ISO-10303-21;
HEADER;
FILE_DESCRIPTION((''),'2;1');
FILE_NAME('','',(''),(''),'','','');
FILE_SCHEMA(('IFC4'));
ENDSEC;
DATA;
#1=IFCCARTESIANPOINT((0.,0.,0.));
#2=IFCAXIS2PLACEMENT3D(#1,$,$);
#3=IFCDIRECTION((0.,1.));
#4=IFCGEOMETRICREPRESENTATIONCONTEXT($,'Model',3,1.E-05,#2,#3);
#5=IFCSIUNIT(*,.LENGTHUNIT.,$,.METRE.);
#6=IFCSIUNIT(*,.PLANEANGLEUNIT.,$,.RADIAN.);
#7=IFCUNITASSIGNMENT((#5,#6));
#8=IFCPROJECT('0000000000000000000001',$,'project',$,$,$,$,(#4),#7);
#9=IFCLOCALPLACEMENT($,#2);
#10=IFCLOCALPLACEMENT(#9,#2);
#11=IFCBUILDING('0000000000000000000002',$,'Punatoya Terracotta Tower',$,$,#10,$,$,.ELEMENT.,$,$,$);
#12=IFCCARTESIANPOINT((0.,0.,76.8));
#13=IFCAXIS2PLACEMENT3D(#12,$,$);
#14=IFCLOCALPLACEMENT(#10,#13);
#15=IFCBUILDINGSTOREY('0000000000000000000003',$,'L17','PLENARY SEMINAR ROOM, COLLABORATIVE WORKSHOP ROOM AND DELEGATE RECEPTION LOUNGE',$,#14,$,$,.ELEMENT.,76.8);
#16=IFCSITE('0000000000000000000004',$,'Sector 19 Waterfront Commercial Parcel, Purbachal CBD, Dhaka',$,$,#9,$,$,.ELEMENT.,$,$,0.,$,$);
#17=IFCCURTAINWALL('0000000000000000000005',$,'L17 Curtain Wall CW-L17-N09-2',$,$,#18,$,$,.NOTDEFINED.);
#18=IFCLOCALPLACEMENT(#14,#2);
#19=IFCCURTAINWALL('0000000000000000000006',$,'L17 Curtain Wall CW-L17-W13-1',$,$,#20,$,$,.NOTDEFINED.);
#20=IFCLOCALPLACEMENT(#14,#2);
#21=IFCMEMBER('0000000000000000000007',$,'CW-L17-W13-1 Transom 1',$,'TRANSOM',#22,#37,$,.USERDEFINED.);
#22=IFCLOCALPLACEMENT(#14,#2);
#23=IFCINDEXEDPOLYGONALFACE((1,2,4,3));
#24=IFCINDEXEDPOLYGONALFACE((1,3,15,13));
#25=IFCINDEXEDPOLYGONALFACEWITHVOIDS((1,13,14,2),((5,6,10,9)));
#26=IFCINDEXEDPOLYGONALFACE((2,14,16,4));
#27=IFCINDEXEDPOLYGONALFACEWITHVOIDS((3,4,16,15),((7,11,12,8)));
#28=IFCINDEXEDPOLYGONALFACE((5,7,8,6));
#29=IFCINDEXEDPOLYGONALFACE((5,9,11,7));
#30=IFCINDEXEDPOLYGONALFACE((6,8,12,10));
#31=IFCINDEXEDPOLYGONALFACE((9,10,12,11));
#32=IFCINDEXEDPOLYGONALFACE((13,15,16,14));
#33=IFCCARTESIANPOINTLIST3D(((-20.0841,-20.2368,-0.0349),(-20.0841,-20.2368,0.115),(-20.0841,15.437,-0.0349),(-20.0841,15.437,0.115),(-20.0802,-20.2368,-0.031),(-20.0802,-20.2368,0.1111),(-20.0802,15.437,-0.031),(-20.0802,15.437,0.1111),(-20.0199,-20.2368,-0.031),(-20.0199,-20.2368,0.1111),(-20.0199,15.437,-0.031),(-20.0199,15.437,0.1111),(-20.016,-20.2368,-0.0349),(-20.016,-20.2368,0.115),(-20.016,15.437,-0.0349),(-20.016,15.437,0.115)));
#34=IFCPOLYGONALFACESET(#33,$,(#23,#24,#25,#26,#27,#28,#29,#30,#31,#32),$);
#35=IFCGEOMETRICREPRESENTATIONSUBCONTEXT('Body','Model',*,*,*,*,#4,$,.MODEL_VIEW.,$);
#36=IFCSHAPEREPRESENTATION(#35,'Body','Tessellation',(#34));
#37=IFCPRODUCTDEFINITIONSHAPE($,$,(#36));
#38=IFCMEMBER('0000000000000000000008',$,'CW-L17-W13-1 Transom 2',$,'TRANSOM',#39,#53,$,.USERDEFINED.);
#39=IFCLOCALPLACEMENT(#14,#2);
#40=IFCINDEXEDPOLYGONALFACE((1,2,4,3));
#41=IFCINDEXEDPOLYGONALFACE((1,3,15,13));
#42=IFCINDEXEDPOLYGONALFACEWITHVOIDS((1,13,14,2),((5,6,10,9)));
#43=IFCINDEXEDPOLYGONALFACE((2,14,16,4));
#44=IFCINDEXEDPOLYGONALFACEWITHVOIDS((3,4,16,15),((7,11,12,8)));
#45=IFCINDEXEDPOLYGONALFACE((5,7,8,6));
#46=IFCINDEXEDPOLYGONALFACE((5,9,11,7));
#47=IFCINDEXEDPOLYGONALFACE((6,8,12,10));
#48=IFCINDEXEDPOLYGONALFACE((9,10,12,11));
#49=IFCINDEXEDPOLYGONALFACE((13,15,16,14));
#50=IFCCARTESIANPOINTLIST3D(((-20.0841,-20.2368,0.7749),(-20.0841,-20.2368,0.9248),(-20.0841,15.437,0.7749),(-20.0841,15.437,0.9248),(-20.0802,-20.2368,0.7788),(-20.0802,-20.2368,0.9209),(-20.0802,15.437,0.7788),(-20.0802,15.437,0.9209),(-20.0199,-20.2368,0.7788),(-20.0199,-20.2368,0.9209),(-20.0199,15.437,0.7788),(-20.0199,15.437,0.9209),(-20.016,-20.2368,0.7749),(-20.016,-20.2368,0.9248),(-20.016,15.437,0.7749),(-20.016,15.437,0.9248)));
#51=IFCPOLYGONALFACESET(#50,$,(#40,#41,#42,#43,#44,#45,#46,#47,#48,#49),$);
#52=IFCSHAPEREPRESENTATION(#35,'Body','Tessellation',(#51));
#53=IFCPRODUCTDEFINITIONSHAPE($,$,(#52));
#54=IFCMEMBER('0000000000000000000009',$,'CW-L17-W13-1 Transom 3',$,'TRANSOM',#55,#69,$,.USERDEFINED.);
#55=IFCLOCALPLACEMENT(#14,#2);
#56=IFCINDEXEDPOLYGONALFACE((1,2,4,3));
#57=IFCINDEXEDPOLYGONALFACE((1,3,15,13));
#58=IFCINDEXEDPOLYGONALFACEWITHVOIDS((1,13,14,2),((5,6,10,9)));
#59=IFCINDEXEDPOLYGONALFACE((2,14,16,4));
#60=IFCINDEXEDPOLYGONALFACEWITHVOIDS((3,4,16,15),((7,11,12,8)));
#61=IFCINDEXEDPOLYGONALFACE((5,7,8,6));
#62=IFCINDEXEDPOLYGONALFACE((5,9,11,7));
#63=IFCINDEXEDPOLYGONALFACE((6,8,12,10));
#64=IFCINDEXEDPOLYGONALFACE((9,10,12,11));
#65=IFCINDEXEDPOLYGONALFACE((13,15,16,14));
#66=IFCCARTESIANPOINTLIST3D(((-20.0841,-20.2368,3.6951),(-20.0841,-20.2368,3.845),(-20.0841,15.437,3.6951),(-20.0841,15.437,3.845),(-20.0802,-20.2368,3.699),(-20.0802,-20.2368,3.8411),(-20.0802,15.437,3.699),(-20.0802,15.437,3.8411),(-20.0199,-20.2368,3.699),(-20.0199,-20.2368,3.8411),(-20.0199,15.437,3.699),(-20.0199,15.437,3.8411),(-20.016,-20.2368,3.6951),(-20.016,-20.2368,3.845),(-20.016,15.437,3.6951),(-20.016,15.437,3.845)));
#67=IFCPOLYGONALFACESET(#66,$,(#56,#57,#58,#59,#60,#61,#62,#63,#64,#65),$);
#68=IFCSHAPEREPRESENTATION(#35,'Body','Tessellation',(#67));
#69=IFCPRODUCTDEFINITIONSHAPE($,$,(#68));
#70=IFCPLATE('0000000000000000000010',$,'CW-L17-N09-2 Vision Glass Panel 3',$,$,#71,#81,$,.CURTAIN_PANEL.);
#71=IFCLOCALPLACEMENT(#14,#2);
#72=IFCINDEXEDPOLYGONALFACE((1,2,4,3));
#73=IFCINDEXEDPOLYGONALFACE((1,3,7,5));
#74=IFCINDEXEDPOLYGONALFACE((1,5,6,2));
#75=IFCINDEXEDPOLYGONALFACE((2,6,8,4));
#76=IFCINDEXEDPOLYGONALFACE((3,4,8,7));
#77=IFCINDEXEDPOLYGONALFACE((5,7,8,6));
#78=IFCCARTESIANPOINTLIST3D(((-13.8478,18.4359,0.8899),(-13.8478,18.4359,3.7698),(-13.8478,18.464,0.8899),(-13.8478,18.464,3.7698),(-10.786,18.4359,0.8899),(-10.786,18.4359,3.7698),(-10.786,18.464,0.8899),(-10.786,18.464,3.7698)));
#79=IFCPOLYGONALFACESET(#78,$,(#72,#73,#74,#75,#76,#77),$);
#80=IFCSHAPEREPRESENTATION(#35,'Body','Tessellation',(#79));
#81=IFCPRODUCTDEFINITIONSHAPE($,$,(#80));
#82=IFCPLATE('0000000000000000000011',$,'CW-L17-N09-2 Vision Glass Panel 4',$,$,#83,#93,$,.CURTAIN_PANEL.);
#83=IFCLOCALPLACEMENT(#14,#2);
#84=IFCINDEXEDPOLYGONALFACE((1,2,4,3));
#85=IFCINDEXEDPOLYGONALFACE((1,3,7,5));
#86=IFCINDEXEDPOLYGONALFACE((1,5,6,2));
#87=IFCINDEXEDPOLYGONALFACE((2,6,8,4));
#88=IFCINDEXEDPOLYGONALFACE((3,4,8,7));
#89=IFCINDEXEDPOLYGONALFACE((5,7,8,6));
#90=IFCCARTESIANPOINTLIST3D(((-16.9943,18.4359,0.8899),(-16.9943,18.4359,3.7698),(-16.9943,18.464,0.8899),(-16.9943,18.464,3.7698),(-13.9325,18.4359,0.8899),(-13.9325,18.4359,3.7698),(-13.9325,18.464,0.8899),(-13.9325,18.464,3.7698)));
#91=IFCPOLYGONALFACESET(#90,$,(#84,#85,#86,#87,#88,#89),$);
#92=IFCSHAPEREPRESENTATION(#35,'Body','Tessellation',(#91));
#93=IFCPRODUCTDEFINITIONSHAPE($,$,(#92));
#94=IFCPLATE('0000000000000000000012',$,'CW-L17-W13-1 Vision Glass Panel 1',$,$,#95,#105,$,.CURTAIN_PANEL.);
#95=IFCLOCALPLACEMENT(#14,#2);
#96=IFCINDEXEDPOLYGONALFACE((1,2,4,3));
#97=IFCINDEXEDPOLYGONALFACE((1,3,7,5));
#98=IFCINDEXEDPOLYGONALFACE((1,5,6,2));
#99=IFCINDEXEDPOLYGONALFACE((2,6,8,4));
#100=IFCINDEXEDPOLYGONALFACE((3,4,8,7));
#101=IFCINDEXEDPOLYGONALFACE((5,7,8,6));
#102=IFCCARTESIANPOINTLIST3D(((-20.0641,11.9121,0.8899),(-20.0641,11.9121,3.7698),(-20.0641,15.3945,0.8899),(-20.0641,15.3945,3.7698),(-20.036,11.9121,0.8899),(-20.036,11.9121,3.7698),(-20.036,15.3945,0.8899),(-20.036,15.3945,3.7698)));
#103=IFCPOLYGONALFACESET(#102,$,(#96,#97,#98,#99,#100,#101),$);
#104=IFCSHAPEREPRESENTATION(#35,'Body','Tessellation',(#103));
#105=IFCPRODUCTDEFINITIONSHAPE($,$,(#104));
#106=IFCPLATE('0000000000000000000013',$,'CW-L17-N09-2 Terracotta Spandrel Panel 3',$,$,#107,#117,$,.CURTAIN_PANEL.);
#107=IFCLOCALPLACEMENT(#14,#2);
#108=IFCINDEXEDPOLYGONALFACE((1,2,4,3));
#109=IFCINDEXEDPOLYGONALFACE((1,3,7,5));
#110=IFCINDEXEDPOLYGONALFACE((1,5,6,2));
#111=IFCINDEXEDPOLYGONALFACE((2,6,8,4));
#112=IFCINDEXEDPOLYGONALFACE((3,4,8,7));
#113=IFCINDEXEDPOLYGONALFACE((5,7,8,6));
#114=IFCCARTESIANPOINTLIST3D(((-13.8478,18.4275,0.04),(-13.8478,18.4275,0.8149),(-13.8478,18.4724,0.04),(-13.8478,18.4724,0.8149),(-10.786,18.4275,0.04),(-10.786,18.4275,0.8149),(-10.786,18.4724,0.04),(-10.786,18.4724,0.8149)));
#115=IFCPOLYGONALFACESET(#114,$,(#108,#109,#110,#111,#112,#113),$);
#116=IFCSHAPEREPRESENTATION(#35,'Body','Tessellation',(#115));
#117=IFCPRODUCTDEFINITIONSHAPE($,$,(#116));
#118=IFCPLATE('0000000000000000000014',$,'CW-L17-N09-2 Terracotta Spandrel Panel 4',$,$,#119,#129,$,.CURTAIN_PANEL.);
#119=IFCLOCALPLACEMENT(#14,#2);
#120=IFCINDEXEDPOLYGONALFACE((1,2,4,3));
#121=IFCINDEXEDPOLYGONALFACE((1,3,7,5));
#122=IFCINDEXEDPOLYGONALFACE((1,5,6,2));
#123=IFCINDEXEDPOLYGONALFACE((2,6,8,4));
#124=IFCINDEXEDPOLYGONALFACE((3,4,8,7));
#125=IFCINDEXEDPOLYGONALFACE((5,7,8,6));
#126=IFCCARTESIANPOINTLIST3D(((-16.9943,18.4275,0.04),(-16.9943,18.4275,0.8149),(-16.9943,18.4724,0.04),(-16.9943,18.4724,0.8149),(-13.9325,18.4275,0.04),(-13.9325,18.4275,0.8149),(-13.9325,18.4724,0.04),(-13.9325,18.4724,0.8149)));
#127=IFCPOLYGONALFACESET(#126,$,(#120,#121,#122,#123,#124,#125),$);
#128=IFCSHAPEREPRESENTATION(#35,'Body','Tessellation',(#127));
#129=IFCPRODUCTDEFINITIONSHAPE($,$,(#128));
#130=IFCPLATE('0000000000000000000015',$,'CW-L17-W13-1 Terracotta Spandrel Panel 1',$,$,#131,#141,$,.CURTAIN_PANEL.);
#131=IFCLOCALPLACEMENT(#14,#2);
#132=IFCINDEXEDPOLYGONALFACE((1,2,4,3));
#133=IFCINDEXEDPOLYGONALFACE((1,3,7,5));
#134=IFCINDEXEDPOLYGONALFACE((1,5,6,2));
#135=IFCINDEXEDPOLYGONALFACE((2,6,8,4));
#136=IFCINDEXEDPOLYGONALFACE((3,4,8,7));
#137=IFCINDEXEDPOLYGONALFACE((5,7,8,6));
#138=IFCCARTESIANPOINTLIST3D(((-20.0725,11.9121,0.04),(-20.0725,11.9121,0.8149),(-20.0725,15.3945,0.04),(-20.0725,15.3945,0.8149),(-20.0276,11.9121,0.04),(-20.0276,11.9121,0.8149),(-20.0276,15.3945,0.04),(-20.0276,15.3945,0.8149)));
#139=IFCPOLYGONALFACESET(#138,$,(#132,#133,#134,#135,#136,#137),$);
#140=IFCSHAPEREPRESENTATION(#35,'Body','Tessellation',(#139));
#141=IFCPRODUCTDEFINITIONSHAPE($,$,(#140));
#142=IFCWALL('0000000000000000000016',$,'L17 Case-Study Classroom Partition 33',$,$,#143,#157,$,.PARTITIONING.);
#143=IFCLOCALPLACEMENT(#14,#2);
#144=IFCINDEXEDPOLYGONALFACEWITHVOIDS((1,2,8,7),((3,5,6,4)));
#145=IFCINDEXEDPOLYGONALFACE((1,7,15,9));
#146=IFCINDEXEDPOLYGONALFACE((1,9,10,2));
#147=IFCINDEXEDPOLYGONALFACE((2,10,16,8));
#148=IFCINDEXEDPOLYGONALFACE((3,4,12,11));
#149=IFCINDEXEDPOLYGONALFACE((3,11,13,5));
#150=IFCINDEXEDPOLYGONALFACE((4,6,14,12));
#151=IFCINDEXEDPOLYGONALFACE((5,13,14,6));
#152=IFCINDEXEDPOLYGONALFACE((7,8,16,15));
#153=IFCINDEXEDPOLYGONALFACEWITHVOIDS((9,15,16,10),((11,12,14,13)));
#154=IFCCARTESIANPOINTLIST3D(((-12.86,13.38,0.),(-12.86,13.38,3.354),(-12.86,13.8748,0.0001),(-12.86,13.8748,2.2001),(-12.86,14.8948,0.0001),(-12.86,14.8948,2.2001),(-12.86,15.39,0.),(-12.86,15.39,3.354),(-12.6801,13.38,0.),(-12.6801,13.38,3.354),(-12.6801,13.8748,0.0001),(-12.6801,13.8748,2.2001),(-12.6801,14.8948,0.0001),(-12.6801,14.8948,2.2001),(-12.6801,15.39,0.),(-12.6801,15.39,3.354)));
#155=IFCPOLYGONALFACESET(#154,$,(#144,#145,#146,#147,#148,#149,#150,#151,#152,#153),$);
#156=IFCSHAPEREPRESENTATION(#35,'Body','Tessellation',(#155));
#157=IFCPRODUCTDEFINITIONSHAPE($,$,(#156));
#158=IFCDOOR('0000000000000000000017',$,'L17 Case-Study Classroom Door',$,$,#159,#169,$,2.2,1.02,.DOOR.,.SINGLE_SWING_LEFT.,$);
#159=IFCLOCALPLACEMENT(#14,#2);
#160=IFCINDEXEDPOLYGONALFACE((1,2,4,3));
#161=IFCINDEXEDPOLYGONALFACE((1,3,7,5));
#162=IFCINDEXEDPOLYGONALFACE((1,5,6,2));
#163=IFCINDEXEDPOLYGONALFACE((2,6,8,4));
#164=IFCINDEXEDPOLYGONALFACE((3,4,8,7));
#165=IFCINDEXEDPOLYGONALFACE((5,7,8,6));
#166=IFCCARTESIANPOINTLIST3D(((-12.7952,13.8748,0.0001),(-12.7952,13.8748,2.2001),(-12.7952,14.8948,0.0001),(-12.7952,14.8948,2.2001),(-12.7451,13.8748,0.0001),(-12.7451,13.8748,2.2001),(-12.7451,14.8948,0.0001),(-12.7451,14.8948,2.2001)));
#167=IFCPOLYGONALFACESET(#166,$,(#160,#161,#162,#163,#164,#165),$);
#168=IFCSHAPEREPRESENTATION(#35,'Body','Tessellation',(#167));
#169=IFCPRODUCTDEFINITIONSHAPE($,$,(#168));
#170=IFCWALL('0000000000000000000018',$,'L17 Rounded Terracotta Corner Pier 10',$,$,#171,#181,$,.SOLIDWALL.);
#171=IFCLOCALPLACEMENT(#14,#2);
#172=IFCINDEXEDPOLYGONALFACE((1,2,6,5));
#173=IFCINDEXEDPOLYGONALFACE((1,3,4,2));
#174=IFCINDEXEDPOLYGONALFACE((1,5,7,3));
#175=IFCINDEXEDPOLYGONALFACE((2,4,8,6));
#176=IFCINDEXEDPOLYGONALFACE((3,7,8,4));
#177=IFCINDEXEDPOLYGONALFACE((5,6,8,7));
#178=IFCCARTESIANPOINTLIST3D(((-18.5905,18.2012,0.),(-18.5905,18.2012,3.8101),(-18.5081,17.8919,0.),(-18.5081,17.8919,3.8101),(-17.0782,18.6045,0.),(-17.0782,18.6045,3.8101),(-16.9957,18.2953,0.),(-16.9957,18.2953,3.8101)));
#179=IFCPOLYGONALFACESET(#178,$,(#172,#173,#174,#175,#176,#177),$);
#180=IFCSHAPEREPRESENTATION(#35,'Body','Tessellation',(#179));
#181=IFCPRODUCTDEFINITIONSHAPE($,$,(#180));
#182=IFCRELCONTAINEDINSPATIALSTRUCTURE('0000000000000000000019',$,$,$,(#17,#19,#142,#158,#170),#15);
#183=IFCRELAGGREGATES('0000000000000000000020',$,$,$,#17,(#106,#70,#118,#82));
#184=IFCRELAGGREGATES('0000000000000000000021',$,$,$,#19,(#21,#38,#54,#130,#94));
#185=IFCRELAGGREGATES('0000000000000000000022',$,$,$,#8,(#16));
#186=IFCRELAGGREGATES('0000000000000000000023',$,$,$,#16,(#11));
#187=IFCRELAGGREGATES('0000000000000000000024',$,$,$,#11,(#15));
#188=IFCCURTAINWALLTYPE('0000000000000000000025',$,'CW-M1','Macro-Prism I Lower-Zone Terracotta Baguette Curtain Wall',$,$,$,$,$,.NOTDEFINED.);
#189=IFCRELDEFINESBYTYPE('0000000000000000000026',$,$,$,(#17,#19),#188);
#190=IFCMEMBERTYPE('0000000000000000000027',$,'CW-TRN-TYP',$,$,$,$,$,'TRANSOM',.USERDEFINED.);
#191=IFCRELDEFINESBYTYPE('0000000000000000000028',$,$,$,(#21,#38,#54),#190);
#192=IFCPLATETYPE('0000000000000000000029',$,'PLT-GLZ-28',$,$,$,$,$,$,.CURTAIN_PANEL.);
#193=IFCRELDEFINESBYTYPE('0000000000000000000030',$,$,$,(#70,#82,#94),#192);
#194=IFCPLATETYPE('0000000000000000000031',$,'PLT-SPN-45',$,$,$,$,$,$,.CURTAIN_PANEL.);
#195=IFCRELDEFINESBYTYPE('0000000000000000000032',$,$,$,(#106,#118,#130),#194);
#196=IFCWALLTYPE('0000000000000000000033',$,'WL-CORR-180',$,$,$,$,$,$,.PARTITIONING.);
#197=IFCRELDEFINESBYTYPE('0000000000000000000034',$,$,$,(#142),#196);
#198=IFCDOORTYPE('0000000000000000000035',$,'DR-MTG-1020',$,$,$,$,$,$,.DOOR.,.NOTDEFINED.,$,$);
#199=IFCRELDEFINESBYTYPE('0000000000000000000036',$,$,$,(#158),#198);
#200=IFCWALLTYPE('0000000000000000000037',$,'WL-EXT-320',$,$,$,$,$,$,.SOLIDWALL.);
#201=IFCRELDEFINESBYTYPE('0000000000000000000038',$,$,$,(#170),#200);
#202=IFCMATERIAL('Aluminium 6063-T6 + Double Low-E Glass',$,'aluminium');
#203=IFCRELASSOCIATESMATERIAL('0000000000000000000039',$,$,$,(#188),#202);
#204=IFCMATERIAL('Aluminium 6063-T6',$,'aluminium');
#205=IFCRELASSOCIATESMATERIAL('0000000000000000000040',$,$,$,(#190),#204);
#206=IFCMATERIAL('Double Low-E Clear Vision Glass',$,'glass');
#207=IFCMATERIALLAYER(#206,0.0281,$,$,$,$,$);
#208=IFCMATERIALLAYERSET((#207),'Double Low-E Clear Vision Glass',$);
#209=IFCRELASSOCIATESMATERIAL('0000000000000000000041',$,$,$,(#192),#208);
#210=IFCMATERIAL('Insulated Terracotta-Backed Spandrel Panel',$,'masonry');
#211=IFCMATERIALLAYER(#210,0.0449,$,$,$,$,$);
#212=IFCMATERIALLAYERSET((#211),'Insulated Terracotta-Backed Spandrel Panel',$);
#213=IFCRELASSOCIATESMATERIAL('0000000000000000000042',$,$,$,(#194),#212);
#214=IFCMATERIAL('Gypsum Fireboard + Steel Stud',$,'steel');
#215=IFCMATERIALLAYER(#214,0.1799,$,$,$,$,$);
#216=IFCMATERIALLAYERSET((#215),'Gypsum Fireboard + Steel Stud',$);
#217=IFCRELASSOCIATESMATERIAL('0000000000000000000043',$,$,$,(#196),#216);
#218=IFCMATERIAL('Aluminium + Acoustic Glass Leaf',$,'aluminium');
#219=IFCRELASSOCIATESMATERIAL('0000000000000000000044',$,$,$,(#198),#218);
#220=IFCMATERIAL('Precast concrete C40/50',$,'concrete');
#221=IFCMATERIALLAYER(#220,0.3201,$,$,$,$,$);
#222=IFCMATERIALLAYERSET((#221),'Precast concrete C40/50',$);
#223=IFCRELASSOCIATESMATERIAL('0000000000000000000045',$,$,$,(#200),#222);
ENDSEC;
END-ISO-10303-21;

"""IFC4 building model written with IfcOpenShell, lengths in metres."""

from ifc_helpers import new_model, si_unit, direction, frame, frame_2d, origin, origin_2d, place, context, subcontext, project, spatial, rectangle, hollow_rectangle, extrude, material, layer, layer_set, material_profile, profile_set, type_object, element, fill, aggregate, save


model = new_model("IFC4")

# Units and contexts
model_context = context("Model", 3, precision=1e-05, world=origin(), true_north=direction((0.0, 1.0)))
body_context = subcontext(model_context, "Body", "Model", "MODEL_VIEW")
ifc_project = project(units=[si_unit("LENGTHUNIT", "METRE"), si_unit("PLANEANGLEUNIT", "RADIAN")], contexts=[model_context])

# Site, building, storey
site_placement = place(None, origin())
site = spatial("IfcSite", under=ifc_project, at=site_placement, Name="Sector 19 Waterfront Commercial Parcel, Purbachal CBD, Dhaka", CompositionType="ELEMENT", RefElevation=0.0)
building_placement = place(site_placement, origin())
building = spatial("IfcBuilding", under=site, at=building_placement, Name="Punatoya Terracotta Tower", CompositionType="ELEMENT")
storey_placement = place(building_placement, frame((0.0, 0.0, 76.8)))
storey = spatial("IfcBuildingStorey", under=building, at=storey_placement, Name="L17", Description="PLENARY SEMINAR ROOM, COLLABORATIVE WORKSHOP ROOM AND DELEGATE RECEPTION LOUNGE", CompositionType="ELEMENT", Elevation=76.8)

# Curtain walls, members
ifc_material_1 = material(Name="Aluminium 6063-T6 + Double Low-E Glass", Category="aluminium")
curtain_wall_type = type_object("IfcCurtainWallType", Name="CW-M1", Description="Macro-Prism I Lower-Zone Terracotta Baguette Curtain Wall", PredefinedType="NOTDEFINED", material=ifc_material_1)
curtain_wall_1_placement = place(storey_placement, origin())
curtain_wall_1 = element("IfcCurtainWall", 1, at=curtain_wall_1_placement, inside=storey, type_object=curtain_wall_type, Name="L17 Curtain Wall CW-L17-N09-2", PredefinedType="NOTDEFINED")
ifc_material_2 = material(Name="Aluminium 6063-T6", Category="aluminium")
curtain_wall_2_placement = place(storey_placement, origin())
curtain_wall_2 = element("IfcCurtainWall", 2, at=curtain_wall_2_placement, inside=storey, type_object=curtain_wall_type, Name="L17 Curtain Wall CW-L17-W13-1", PredefinedType="NOTDEFINED")
ifc_material_profile_1 = material_profile(ifc_material_2, hollow_rectangle(XDim=0.0681, YDim=0.1499, WallThickness=0.0039, at=origin_2d()))
ifc_profile_set_1 = profile_set([ifc_material_profile_1], Name="Aluminium 6063-T6")
member_type_1 = type_object("IfcMemberType", Name="CW-TRN-TYP", ElementType="TRANSOM", PredefinedType="USERDEFINED", material=ifc_profile_set_1)
member_1_placement = place(storey_placement, frame((-20.05, 15.437, 0.04), z_axis=(0.0, -1.0, 0.0), x_axis=(1.0, 0.0, 0.0)))
member_1 = element("IfcMember", 3, at=member_1_placement, type_object=member_type_1, Name="CW-L17-W13-1 Transom 1", ObjectType="TRANSOM", PredefinedType="USERDEFINED", context=body_context, shape_type="SweptSolid", body=[
    extrude(hollow_rectangle(XDim=0.0681, YDim=0.1499, WallThickness=0.0039, at=origin_2d()), origin(), (0.0, 0.0, 1.0), 35.6738),
])
member_2_placement = place(storey_placement, frame((-20.05, 15.437, 0.8499), z_axis=(0.0, -1.0, 0.0), x_axis=(1.0, 0.0, 0.0)))
member_2 = element("IfcMember", 4, at=member_2_placement, type_object=member_type_1, Name="CW-L17-W13-1 Transom 2", ObjectType="TRANSOM", PredefinedType="USERDEFINED", context=body_context, shape_type="SweptSolid", body=[
    extrude(hollow_rectangle(XDim=0.0681, YDim=0.1499, WallThickness=0.0039, at=origin_2d()), origin(), (0.0, 0.0, 1.0), 35.6738),
])
member_3_placement = place(storey_placement, frame((-20.05, 15.437, 3.77), z_axis=(0.0, -1.0, 0.0), x_axis=(1.0, 0.0, 0.0)))
member_3 = element("IfcMember", 5, at=member_3_placement, type_object=member_type_1, Name="CW-L17-W13-1 Transom 3", ObjectType="TRANSOM", PredefinedType="USERDEFINED", context=body_context, shape_type="SweptSolid", body=[
    extrude(hollow_rectangle(XDim=0.0681, YDim=0.1499, WallThickness=0.0039, at=origin_2d()), origin(), (0.0, 0.0, 1.0), 35.6738),
])

# Plates
ifc_material_3 = material(Name="Double Low-E Clear Vision Glass", Category="glass")
ifc_layer_1 = layer(ifc_material_3, 0.0281)
ifc_layer_set_1 = layer_set([ifc_layer_1], Name="Double Low-E Clear Vision Glass")
plate_type_1 = type_object("IfcPlateType", Name="PLT-GLZ-28", PredefinedType="CURTAIN_PANEL", material=ifc_layer_set_1)
plate_1_placement = place(storey_placement, frame((-12.3169, 18.45, 0.8899), z_axis=(0.0, 0.0, 1.0), x_axis=(-1.0, 0.0, 0.0)))
plate_1 = element("IfcPlate", 6, at=plate_1_placement, type_object=plate_type_1, Name="CW-L17-N09-2 Vision Glass Panel 3", PredefinedType="CURTAIN_PANEL", context=body_context, shape_type="SweptSolid", body=[
    extrude(rectangle(XDim=3.0618, YDim=0.0281, at=origin_2d()), origin(), (0.0, 0.0, 1.0), 2.8799),
])
plate_2_placement = place(storey_placement, frame((-15.4634, 18.45, 0.8899), z_axis=(0.0, 0.0, 1.0), x_axis=(-1.0, 0.0, 0.0)))
plate_2 = element("IfcPlate", 7, at=plate_2_placement, type_object=plate_type_1, Name="CW-L17-N09-2 Vision Glass Panel 4", PredefinedType="CURTAIN_PANEL", context=body_context, shape_type="SweptSolid", body=[
    extrude(rectangle(XDim=3.0618, YDim=0.0281, at=origin_2d()), origin(), (0.0, 0.0, 1.0), 2.8799),
])
plate_3_placement = place(storey_placement, frame((-20.05, 13.6533, 0.8899), z_axis=(0.0, 0.0, 1.0), x_axis=(0.0, -1.0, 0.0)))
plate_3 = element("IfcPlate", 8, at=plate_3_placement, type_object=plate_type_1, Name="CW-L17-W13-1 Vision Glass Panel 1", PredefinedType="CURTAIN_PANEL", context=body_context, shape_type="SweptSolid", body=[
    extrude(rectangle(XDim=3.4824, YDim=0.0281, at=origin_2d()), origin(), (0.0, 0.0, 1.0), 2.8799),
])
ifc_material_4 = material(Name="Insulated Terracotta-Backed Spandrel Panel", Category="masonry")
ifc_layer_2 = layer(ifc_material_4, 0.0449)
ifc_layer_set_2 = layer_set([ifc_layer_2], Name="Insulated Terracotta-Backed Spandrel Panel")
plate_type_2 = type_object("IfcPlateType", Name="PLT-SPN-45", PredefinedType="CURTAIN_PANEL", material=ifc_layer_set_2)
plate_4_placement = place(storey_placement, frame((-12.3169, 18.45, 0.04), z_axis=(0.0, 0.0, 1.0), x_axis=(-1.0, 0.0, 0.0)))
plate_4 = element("IfcPlate", 9, at=plate_4_placement, type_object=plate_type_2, Name="CW-L17-N09-2 Terracotta Spandrel Panel 3", PredefinedType="CURTAIN_PANEL", context=body_context, shape_type="SweptSolid", body=[
    extrude(rectangle(XDim=3.0618, YDim=0.0449, at=origin_2d()), origin(), (0.0, 0.0, 1.0), 0.7749),
])
plate_5_placement = place(storey_placement, frame((-15.4634, 18.45, 0.04), z_axis=(0.0, 0.0, 1.0), x_axis=(-1.0, 0.0, 0.0)))
plate_5 = element("IfcPlate", 10, at=plate_5_placement, type_object=plate_type_2, Name="CW-L17-N09-2 Terracotta Spandrel Panel 4", PredefinedType="CURTAIN_PANEL", context=body_context, shape_type="SweptSolid", body=[
    extrude(rectangle(XDim=3.0618, YDim=0.0449, at=origin_2d()), origin(), (0.0, 0.0, 1.0), 0.7749),
])
aggregate(curtain_wall_1, [plate_4, plate_1, plate_5, plate_2])
plate_6_placement = place(storey_placement, frame((-20.05, 13.6533, 0.04), z_axis=(0.0, 0.0, 1.0), x_axis=(0.0, -1.0, 0.0)))
plate_6 = element("IfcPlate", 11, at=plate_6_placement, type_object=plate_type_2, Name="CW-L17-W13-1 Terracotta Spandrel Panel 1", PredefinedType="CURTAIN_PANEL", context=body_context, shape_type="SweptSolid", body=[
    extrude(rectangle(XDim=3.4824, YDim=0.0449, at=origin_2d()), origin(), (0.0, 0.0, 1.0), 0.7749),
])
aggregate(curtain_wall_2, [member_1, member_2, member_3, plate_6, plate_3])

# Wall, opening, door
ifc_material_5 = material(Name="Gypsum Fireboard + Steel Stud", Category="steel")
ifc_layer_3 = layer(ifc_material_5, 0.1799)
ifc_layer_set_3 = layer_set([ifc_layer_3], Name="Gypsum Fireboard + Steel Stud")
wall_type_1 = type_object("IfcWallType", Name="WL-CORR-180", PredefinedType="PARTITIONING", material=ifc_layer_set_3)
wall_1_placement = place(storey_placement, frame((-12.77, 15.3899, 0.0), z_axis=(0.0, 0.0, 1.0), x_axis=(0.0, -1.0, 0.0)))
wall_1 = element("IfcWall", 12, at=wall_1_placement, inside=storey, type_object=wall_type_1, Name="L17 Case-Study Classroom Partition 33", PredefinedType="PARTITIONING", context=body_context, shape_type="SweptSolid", body=[
    extrude(rectangle(XDim=2.01, YDim=0.1799, at=frame_2d((1.0049, 0.0))), origin(), (0.0, 0.0, 1.0), 3.354),
])
opening_placement = place(wall_1_placement, frame((0.4951, 0.0, 0.0)))
opening = element("IfcOpeningElement", 13, at=opening_placement, cuts=wall_1, PredefinedType="OPENING", context=body_context, shape_type="SweptSolid", body=[
    extrude(rectangle(XDim=1.02, YDim=2.2, at=frame_2d((0.51, 1.1001))), frame((0.0, 0.0999, 0.0), z_axis=(0.0, -1.0, 0.0), x_axis=(1.0, 0.0, 0.0)), (0.0, 0.0, 1.0), 0.2),
])
ifc_material_6 = material(Name="Aluminium + Acoustic Glass Leaf", Category="aluminium")
door_type = type_object("IfcDoorType", Name="DR-MTG-1020", OperationType="NOTDEFINED", PredefinedType="DOOR", material=ifc_material_6)
door_placement = place(opening_placement, origin())
door = element("IfcDoor", 14, at=door_placement, inside=storey, type_object=door_type, Name="L17 Case-Study Classroom Door", OperationType="SINGLE_SWING_LEFT", OverallHeight=2.2, OverallWidth=1.02, PredefinedType="DOOR", context=body_context, shape_type="SweptSolid", body=[
    extrude(rectangle(XDim=1.02, YDim=2.2, at=frame_2d((0.51, 1.1001))), frame((0.0, 0.0249, 0.0), z_axis=(0.0, -1.0, 0.0), x_axis=(1.0, 0.0, 0.0)), (0.0, 0.0, 1.0), 0.05),
])
fill(opening, door)

# Wall
ifc_material_7 = material(Name="Precast concrete C40/50", Category="concrete")
ifc_layer_4 = layer(ifc_material_7, 0.3201)
ifc_layer_set_4 = layer_set([ifc_layer_4], Name="Precast concrete C40/50")
wall_type_2 = type_object("IfcWallType", Name="WL-EXT-320", PredefinedType="SOLIDWALL", material=ifc_layer_set_4)
wall_2_placement = place(storey_placement, frame((-17.0369, 18.45, 0.0), z_axis=(0.0, 0.0, 1.0), x_axis=(-0.966225, -0.257701, 0.0)))
element("IfcWall", 15, at=wall_2_placement, inside=storey, type_object=wall_type_2, Name="L17 Rounded Terracotta Corner Pier 10", PredefinedType="SOLIDWALL", context=body_context, shape_type="SweptSolid", body=[
    extrude(rectangle(XDim=1.5652, YDim=0.3201, at=frame_2d((0.7827, 0.0))), origin(), (0.0, 0.0, 1.0), 3.8101),
])

save(model, "model.ifc")
